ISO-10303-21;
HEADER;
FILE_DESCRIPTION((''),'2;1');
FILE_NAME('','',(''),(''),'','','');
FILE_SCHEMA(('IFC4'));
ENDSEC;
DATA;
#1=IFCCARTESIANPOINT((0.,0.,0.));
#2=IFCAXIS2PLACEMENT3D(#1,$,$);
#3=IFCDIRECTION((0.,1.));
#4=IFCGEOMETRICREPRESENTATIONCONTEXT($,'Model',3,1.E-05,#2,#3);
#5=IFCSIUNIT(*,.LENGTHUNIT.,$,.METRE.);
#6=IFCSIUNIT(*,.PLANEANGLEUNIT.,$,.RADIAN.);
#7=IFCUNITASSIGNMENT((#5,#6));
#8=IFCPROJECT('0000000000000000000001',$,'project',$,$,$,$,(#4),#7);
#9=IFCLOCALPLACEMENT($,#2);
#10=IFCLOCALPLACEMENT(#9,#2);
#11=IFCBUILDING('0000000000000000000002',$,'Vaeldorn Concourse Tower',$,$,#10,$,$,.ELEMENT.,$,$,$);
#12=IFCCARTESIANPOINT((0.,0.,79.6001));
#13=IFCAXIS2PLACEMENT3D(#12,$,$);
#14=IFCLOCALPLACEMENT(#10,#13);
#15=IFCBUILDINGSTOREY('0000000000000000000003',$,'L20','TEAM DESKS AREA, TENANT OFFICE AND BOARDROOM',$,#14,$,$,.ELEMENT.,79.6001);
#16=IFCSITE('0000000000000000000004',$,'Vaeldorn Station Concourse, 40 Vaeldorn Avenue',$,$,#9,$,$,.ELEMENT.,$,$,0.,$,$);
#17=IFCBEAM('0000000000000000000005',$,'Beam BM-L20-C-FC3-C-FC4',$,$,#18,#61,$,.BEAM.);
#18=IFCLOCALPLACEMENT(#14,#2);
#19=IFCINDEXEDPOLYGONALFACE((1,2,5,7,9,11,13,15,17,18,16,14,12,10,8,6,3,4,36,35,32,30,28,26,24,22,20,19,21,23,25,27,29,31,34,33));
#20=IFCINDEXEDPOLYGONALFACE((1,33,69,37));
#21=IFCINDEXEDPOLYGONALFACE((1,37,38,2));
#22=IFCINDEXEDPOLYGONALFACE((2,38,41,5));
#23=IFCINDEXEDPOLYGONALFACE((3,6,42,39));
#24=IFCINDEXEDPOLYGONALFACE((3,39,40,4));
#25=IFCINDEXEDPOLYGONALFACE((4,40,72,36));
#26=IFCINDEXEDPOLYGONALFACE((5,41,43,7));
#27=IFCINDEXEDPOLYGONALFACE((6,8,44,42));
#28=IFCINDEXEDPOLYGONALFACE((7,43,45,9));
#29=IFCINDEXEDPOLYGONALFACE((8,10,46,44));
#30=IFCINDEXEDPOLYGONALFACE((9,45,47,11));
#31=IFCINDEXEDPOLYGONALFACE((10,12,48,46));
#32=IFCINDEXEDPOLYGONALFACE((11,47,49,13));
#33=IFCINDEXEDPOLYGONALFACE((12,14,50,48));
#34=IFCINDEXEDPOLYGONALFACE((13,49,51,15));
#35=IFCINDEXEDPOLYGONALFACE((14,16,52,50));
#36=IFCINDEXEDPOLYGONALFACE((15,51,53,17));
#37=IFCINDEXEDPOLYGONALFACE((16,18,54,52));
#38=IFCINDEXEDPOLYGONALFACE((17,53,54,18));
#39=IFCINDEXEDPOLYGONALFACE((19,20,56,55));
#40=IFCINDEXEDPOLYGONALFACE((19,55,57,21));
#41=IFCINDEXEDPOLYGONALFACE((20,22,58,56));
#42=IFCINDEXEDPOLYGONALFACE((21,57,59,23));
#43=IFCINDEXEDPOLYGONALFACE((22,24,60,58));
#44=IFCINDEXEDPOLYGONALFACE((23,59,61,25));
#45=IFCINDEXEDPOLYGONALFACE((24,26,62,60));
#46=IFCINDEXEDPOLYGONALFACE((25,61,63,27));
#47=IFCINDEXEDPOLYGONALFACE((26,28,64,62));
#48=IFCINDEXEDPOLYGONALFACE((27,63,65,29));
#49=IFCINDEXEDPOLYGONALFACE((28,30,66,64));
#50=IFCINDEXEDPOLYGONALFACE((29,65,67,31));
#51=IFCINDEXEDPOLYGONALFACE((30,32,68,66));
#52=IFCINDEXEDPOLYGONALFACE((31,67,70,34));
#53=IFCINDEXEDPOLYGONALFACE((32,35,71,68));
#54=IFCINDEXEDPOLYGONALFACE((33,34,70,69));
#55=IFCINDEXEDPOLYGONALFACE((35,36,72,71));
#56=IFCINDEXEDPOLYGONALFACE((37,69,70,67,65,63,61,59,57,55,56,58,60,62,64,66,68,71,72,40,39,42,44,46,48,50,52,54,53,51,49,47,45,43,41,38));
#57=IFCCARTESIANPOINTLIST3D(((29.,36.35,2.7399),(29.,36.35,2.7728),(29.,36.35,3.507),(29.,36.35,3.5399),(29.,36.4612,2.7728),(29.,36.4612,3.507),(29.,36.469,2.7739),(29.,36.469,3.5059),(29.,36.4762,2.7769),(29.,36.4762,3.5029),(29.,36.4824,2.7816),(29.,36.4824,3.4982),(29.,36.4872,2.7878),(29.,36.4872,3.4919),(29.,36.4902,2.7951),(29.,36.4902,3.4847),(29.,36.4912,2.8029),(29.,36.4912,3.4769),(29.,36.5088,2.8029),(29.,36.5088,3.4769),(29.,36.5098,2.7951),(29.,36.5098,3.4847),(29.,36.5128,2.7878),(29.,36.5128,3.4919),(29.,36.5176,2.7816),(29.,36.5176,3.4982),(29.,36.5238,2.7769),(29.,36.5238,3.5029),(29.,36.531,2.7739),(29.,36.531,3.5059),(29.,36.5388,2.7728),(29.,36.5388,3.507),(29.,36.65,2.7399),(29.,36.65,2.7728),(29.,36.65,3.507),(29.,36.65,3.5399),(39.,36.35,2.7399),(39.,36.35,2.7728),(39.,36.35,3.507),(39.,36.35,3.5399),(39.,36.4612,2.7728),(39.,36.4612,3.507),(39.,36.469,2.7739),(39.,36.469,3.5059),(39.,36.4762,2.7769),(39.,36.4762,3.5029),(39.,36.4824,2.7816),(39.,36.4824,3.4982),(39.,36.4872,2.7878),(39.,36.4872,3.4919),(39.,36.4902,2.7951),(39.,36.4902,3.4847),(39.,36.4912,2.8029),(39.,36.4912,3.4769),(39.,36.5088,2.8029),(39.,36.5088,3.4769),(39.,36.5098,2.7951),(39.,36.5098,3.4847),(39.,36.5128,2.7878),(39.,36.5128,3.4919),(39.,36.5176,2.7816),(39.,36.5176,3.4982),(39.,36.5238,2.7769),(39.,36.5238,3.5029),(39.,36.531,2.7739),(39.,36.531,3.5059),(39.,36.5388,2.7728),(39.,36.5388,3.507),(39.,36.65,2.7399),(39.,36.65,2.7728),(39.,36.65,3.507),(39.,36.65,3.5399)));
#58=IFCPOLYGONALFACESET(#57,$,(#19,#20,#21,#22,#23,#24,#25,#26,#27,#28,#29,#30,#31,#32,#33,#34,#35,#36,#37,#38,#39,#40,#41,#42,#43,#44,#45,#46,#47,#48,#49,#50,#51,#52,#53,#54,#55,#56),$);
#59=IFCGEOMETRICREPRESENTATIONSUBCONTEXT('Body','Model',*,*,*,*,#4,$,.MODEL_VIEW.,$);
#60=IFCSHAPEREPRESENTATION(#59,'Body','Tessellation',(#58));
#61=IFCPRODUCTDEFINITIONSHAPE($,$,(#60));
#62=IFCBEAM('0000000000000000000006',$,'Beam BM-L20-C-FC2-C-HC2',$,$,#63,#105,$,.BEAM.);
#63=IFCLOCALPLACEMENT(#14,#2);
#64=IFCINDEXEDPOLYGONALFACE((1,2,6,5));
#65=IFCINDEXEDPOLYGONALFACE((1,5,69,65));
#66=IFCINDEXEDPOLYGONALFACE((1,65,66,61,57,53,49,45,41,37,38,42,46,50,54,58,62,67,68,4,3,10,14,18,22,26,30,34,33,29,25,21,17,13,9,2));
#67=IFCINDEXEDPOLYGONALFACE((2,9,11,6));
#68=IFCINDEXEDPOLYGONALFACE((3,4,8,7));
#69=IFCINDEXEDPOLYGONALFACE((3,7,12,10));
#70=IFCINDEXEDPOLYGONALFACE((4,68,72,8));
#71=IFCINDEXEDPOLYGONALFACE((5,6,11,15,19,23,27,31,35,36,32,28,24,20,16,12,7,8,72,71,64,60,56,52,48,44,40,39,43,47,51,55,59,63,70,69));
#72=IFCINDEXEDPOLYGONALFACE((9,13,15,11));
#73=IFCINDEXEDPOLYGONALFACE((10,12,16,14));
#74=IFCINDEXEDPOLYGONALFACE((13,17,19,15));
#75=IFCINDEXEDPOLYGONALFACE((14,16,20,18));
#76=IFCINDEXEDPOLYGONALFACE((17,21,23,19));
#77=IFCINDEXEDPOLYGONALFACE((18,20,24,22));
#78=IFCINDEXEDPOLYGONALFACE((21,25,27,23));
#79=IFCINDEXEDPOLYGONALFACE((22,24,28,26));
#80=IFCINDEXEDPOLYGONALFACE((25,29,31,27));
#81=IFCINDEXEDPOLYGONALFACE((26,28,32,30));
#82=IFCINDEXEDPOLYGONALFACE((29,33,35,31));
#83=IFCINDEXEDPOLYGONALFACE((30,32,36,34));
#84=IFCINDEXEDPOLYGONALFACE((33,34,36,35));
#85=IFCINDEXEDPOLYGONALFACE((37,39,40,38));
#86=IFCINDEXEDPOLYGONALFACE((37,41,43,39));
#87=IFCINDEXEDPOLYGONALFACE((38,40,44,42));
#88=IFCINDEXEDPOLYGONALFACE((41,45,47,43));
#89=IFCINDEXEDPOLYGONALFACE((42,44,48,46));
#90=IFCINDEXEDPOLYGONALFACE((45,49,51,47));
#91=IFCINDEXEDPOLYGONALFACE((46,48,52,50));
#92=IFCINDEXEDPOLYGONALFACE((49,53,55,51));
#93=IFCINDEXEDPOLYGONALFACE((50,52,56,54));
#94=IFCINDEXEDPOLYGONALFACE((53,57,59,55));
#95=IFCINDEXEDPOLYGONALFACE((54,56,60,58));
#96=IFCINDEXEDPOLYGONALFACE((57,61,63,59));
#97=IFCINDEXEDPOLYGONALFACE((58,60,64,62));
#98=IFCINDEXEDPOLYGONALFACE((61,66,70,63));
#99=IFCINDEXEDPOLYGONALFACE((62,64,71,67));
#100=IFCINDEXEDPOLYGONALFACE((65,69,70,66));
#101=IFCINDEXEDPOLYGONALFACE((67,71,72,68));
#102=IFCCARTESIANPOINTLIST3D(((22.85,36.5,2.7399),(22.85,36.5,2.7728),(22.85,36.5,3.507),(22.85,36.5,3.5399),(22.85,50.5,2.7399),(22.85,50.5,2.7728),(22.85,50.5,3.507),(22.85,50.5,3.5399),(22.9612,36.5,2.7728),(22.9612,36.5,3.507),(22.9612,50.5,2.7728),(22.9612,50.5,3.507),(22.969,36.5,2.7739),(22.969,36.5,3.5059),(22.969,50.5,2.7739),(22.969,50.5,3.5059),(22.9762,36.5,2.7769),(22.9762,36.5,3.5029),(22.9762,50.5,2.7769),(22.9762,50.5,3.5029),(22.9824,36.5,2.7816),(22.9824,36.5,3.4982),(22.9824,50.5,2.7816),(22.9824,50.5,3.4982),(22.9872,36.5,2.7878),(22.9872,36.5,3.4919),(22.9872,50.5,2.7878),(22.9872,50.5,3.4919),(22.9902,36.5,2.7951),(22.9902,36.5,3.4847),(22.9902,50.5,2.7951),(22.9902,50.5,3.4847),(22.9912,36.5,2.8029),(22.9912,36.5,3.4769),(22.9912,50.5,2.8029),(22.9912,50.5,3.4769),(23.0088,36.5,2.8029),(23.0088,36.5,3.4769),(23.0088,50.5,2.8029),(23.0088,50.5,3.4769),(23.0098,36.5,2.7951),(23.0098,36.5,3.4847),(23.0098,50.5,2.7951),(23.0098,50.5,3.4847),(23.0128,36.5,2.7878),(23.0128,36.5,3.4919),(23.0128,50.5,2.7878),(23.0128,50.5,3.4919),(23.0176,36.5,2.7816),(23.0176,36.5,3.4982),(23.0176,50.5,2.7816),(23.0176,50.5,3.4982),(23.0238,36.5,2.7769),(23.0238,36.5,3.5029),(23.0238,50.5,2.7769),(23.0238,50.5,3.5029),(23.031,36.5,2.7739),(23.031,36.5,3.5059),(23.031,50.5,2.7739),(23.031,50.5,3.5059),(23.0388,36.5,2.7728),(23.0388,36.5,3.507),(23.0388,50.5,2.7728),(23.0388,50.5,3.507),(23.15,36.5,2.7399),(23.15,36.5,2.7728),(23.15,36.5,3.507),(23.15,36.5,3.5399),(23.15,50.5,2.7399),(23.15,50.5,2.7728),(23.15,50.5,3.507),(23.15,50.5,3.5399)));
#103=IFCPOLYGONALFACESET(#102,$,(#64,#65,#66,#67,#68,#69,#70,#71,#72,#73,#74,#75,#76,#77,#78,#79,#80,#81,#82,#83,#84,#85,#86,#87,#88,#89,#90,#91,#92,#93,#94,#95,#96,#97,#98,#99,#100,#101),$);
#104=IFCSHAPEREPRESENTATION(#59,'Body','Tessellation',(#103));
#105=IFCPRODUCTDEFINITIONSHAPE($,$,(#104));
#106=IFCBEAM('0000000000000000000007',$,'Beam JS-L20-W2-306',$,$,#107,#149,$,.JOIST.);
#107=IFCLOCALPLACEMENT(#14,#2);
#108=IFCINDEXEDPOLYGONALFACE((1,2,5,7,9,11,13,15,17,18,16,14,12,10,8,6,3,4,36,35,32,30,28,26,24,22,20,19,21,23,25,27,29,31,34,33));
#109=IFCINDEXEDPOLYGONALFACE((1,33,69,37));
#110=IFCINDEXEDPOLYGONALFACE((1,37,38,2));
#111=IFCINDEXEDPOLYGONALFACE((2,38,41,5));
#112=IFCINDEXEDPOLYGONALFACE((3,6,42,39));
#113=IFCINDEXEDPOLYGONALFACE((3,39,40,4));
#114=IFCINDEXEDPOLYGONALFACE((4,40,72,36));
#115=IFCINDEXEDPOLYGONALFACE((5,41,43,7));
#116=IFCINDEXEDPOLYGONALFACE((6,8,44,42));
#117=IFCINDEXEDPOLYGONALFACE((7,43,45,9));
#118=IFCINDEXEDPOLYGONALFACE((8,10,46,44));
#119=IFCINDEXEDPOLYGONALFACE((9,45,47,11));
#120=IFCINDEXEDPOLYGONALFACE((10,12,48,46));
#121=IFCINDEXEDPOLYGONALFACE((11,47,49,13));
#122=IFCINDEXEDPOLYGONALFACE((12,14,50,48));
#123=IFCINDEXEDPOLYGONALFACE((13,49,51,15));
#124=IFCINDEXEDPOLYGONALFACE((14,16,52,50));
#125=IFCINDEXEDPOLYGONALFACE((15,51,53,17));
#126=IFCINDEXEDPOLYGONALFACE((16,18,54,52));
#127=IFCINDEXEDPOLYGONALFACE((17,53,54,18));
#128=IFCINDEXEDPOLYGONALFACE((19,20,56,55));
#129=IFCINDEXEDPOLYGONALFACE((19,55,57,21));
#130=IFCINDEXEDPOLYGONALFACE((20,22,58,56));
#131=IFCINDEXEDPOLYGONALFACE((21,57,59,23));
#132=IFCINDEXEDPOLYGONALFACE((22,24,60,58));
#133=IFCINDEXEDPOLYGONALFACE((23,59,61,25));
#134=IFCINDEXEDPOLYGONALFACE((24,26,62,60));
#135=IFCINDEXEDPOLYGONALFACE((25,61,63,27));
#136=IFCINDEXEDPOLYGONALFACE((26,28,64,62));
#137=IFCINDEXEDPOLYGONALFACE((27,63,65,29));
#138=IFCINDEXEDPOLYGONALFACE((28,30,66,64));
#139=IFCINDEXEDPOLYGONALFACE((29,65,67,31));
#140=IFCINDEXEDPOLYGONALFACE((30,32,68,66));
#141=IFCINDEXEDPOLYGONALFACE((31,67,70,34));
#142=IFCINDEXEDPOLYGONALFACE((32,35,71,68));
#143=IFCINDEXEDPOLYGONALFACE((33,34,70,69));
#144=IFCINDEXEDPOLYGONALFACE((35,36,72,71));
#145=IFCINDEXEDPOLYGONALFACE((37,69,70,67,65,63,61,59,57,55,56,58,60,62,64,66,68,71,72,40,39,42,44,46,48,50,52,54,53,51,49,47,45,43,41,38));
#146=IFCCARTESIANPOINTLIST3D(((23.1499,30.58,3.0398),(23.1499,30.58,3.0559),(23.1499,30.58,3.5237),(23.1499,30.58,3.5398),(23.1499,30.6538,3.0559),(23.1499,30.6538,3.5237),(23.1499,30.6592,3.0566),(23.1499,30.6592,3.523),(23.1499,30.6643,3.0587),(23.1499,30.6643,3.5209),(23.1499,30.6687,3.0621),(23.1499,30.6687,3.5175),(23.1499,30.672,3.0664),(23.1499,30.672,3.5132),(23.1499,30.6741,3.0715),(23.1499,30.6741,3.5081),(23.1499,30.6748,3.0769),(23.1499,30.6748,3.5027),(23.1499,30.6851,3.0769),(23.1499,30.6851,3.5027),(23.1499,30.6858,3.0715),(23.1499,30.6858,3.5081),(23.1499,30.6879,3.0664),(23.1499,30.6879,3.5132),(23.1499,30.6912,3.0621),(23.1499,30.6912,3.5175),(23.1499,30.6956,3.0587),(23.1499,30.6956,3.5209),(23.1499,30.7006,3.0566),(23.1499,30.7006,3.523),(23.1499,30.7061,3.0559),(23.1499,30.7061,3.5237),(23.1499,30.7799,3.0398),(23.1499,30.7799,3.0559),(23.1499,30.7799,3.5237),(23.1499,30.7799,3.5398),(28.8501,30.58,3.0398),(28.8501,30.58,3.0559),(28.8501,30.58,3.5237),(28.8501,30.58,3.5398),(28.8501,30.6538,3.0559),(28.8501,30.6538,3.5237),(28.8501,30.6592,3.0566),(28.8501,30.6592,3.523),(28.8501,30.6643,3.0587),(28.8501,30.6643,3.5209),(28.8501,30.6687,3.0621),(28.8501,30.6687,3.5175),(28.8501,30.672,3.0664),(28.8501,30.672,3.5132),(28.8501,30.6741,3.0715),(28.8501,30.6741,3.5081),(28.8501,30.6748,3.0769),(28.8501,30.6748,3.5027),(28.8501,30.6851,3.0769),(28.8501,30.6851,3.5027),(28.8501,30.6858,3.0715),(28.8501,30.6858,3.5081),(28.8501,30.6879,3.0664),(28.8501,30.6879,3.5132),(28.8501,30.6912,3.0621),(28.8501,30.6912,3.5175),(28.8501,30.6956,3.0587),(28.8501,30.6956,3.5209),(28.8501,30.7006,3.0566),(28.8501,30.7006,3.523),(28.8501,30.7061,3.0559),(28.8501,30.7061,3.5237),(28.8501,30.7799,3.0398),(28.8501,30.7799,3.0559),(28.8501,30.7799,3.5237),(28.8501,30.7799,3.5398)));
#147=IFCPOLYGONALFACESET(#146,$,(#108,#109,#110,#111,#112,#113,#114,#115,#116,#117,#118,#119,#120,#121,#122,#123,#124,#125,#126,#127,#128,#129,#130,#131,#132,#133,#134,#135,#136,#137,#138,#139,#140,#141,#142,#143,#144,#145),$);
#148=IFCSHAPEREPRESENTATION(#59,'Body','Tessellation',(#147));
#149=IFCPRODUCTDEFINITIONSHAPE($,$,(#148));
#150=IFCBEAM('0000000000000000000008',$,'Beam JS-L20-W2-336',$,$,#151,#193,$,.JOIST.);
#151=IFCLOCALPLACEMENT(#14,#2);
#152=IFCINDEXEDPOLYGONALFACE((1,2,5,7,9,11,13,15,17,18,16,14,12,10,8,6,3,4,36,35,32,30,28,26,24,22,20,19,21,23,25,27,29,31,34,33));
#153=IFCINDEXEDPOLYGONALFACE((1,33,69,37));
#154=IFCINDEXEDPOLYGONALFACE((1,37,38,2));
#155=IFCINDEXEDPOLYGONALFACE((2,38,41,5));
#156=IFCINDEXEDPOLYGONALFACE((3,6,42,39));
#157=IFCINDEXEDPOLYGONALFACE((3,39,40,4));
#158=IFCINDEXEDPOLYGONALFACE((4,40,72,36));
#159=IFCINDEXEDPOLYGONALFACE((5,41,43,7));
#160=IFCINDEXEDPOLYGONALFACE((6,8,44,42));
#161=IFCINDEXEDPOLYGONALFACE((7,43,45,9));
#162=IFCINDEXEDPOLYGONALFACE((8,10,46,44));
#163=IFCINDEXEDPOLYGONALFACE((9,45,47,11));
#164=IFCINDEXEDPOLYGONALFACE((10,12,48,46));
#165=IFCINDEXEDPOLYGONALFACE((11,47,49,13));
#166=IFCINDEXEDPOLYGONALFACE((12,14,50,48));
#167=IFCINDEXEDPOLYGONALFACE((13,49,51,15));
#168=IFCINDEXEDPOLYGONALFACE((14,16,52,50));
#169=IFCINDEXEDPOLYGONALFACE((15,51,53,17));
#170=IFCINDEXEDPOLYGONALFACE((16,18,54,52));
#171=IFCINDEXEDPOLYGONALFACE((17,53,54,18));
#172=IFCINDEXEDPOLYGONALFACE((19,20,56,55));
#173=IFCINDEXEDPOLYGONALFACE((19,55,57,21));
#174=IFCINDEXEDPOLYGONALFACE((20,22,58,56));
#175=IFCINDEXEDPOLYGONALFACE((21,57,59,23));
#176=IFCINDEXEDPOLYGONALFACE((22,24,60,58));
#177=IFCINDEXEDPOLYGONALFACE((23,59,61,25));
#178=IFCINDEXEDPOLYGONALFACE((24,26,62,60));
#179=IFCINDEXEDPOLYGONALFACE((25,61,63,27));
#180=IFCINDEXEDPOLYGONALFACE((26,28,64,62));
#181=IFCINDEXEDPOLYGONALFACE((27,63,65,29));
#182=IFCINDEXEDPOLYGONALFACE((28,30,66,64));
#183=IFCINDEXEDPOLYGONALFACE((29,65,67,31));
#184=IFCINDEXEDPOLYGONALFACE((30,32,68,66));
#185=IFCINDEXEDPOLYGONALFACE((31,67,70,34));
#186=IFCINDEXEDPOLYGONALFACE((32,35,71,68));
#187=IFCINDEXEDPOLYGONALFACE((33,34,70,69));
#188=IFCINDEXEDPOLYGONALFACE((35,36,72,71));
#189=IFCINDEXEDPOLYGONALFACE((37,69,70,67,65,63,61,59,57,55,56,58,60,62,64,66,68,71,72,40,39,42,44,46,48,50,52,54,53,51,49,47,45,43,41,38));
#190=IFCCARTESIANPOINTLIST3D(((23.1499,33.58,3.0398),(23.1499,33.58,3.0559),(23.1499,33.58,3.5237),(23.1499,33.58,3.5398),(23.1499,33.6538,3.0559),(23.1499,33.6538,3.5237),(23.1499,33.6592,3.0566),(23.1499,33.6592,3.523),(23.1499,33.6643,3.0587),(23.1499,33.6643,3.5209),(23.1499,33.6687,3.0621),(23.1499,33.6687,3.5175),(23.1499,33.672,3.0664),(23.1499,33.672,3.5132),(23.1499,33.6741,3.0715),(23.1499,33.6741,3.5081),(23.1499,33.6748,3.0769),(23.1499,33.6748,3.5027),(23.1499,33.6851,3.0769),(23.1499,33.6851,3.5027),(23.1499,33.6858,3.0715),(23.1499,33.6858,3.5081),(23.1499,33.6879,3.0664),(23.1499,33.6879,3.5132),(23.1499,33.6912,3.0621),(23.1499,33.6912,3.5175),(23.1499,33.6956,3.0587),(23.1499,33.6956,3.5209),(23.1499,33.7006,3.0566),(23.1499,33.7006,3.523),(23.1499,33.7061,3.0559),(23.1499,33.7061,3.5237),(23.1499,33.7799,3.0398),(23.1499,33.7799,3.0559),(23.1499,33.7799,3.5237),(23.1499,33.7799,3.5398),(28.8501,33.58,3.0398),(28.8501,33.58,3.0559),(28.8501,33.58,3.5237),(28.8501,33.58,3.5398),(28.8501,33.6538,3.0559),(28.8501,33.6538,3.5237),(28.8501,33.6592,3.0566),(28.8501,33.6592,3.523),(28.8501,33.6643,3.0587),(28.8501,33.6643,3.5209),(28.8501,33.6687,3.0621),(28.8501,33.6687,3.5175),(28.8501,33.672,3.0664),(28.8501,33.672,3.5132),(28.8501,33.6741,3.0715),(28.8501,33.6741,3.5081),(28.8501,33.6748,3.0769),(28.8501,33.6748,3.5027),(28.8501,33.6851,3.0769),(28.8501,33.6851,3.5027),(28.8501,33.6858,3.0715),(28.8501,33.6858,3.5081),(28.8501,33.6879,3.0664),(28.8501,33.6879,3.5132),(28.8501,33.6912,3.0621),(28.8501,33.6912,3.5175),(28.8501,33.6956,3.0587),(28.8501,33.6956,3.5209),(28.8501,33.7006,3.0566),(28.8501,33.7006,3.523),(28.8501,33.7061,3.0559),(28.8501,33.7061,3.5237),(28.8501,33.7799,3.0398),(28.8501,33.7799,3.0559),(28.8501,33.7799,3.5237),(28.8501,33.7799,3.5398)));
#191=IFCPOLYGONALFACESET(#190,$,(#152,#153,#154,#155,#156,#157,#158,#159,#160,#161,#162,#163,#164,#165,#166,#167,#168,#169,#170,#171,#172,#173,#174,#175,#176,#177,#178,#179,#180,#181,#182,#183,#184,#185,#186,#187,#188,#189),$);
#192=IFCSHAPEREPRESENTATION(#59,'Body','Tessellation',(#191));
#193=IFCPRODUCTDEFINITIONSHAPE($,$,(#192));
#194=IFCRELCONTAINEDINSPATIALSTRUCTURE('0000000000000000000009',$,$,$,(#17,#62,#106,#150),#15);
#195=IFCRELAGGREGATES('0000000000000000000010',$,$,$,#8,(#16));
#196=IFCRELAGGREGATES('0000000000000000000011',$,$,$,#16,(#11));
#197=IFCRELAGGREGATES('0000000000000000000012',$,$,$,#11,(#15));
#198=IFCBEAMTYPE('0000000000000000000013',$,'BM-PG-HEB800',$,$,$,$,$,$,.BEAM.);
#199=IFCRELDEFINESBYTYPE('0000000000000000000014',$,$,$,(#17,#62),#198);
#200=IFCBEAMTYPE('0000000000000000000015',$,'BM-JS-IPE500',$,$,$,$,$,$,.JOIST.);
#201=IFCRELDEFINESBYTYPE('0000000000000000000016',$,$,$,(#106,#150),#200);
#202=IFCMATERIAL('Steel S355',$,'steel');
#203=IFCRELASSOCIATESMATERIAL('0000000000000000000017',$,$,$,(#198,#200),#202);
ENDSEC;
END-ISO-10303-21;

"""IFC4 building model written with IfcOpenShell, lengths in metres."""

from ifc_helpers import new_model, si_unit, direction, frame, origin, origin_2d, place, context, subcontext, project, spatial, i_section, extrude, source, transform, mapped, material, material_profile, profile_set, type_object, element, save


model = new_model("IFC4")

# Units and contexts
model_context = context("Model", 3, precision=1e-05, world=origin(), true_north=direction((0.0, 1.0)))
body_context = subcontext(model_context, "Body", "Model", "MODEL_VIEW")
ifc_project = project(units=[si_unit("LENGTHUNIT", "METRE"), si_unit("PLANEANGLEUNIT", "RADIAN")], contexts=[model_context])

# Site, building, storey
site_placement = place(None, origin())
site = spatial("IfcSite", under=ifc_project, at=site_placement, Name="Vaeldorn Station Concourse, 40 Vaeldorn Avenue", CompositionType="ELEMENT", RefElevation=0.0)
building_placement = place(site_placement, origin())
building = spatial("IfcBuilding", under=site, at=building_placement, Name="Vaeldorn Concourse Tower", CompositionType="ELEMENT")
storey_placement = place(building_placement, frame((0.0, 0.0, 79.6001)))
storey = spatial("IfcBuildingStorey", under=building, at=storey_placement, Name="L20", Description="TEAM DESKS AREA, TENANT OFFICE AND BOARDROOM", CompositionType="ELEMENT", Elevation=79.6001)

# Beams
ifc_material_1 = material(Name="Steel S355", Category="steel")
ifc_material_profile_1 = material_profile(ifc_material_1, i_section(OverallWidth=0.3, OverallDepth=0.8, WebThickness=0.0176, FlangeThickness=0.033, FilletRadius=0.03, at=origin_2d()), Name="HEB 800")
ifc_profile_set_1 = profile_set([ifc_material_profile_1], Name="Steel S355")
beam_type_1 = type_object("IfcBeamType", Name="BM-PG-HEB800", PredefinedType="BEAM", material=ifc_profile_set_1)
shared_shape_1 = source(origin(), body_context, "Body", "SweptSolid", [
    extrude(i_section(OverallWidth=0.3, OverallDepth=0.8, WebThickness=0.0176, FlangeThickness=0.033, FilletRadius=0.03, at=origin_2d()), origin(), (0.0, 0.0, 1.0), 10.0),
])
beam_1_placement = place(storey_placement, frame((29.0, 36.5, 3.1399), z_axis=(1.0, 0.0, 0.0), x_axis=(0.0, 1.0, 0.0)))
element("IfcBeam", 1, at=beam_1_placement, inside=storey, type_object=beam_type_1, Name="Beam BM-L20-C-FC3-C-FC4", PredefinedType="BEAM", context=body_context, shape_type="MappedRepresentation", body=[
    mapped(shared_shape_1, transform((0.0, 0.0, 0.0), scale=1.0)),
])
shared_shape_2 = source(origin(), body_context, "Body", "SweptSolid", [
    extrude(i_section(OverallWidth=0.3, OverallDepth=0.8, WebThickness=0.0176, FlangeThickness=0.033, FilletRadius=0.03, at=origin_2d()), origin(), (0.0, 0.0, 1.0), 14.0),
])
beam_2_placement = place(storey_placement, frame((23.0, 36.5, 3.1399), z_axis=(0.0, 1.0, 0.0), x_axis=(-1.0, 0.0, 0.0)))
element("IfcBeam", 2, at=beam_2_placement, inside=storey, type_object=beam_type_1, Name="Beam BM-L20-C-FC2-C-HC2", PredefinedType="BEAM", context=body_context, shape_type="MappedRepresentation", body=[
    mapped(shared_shape_2, transform((0.0, 0.0, 0.0), scale=1.0)),
])
ifc_material_profile_2 = material_profile(ifc_material_1, i_section(OverallWidth=0.2, OverallDepth=0.5, WebThickness=0.0103, FlangeThickness=0.0161, FilletRadius=0.021, at=origin_2d()), Name="IPE 500")
ifc_profile_set_2 = profile_set([ifc_material_profile_2], Name="Steel S355")
beam_type_2 = type_object("IfcBeamType", Name="BM-JS-IPE500", PredefinedType="JOIST", material=ifc_profile_set_2)
shared_shape_3 = source(origin(), body_context, "Body", "SweptSolid", [
    extrude(i_section(OverallWidth=0.2, OverallDepth=0.5, WebThickness=0.0103, FlangeThickness=0.0161, FilletRadius=0.021, at=origin_2d()), origin(), (0.0, 0.0, 1.0), 5.7002),
])
for number, where, z_axis, x_axis, name in (
    (3, (23.1499, 30.6799, 3.2898), (1.0, 0.0, 0.0), (0.0, 1.0, 0.0), "Beam JS-L20-W2-306"),
    (4, (23.1499, 33.6799, 3.2898), (1.0, 0.0, 0.0), (0.0, 1.0, 0.0), "Beam JS-L20-W2-336"),
):
    element("IfcBeam", number, at=place(storey_placement, frame(where, z_axis=z_axis, x_axis=x_axis)), inside=storey, type_object=beam_type_2, Name=name, PredefinedType="JOIST", context=body_context, shape_type="MappedRepresentation", body=[
        mapped(shared_shape_3, transform((0.0, 0.0, 0.0), scale=1.0)),
    ])

save(model, "model.ifc")
